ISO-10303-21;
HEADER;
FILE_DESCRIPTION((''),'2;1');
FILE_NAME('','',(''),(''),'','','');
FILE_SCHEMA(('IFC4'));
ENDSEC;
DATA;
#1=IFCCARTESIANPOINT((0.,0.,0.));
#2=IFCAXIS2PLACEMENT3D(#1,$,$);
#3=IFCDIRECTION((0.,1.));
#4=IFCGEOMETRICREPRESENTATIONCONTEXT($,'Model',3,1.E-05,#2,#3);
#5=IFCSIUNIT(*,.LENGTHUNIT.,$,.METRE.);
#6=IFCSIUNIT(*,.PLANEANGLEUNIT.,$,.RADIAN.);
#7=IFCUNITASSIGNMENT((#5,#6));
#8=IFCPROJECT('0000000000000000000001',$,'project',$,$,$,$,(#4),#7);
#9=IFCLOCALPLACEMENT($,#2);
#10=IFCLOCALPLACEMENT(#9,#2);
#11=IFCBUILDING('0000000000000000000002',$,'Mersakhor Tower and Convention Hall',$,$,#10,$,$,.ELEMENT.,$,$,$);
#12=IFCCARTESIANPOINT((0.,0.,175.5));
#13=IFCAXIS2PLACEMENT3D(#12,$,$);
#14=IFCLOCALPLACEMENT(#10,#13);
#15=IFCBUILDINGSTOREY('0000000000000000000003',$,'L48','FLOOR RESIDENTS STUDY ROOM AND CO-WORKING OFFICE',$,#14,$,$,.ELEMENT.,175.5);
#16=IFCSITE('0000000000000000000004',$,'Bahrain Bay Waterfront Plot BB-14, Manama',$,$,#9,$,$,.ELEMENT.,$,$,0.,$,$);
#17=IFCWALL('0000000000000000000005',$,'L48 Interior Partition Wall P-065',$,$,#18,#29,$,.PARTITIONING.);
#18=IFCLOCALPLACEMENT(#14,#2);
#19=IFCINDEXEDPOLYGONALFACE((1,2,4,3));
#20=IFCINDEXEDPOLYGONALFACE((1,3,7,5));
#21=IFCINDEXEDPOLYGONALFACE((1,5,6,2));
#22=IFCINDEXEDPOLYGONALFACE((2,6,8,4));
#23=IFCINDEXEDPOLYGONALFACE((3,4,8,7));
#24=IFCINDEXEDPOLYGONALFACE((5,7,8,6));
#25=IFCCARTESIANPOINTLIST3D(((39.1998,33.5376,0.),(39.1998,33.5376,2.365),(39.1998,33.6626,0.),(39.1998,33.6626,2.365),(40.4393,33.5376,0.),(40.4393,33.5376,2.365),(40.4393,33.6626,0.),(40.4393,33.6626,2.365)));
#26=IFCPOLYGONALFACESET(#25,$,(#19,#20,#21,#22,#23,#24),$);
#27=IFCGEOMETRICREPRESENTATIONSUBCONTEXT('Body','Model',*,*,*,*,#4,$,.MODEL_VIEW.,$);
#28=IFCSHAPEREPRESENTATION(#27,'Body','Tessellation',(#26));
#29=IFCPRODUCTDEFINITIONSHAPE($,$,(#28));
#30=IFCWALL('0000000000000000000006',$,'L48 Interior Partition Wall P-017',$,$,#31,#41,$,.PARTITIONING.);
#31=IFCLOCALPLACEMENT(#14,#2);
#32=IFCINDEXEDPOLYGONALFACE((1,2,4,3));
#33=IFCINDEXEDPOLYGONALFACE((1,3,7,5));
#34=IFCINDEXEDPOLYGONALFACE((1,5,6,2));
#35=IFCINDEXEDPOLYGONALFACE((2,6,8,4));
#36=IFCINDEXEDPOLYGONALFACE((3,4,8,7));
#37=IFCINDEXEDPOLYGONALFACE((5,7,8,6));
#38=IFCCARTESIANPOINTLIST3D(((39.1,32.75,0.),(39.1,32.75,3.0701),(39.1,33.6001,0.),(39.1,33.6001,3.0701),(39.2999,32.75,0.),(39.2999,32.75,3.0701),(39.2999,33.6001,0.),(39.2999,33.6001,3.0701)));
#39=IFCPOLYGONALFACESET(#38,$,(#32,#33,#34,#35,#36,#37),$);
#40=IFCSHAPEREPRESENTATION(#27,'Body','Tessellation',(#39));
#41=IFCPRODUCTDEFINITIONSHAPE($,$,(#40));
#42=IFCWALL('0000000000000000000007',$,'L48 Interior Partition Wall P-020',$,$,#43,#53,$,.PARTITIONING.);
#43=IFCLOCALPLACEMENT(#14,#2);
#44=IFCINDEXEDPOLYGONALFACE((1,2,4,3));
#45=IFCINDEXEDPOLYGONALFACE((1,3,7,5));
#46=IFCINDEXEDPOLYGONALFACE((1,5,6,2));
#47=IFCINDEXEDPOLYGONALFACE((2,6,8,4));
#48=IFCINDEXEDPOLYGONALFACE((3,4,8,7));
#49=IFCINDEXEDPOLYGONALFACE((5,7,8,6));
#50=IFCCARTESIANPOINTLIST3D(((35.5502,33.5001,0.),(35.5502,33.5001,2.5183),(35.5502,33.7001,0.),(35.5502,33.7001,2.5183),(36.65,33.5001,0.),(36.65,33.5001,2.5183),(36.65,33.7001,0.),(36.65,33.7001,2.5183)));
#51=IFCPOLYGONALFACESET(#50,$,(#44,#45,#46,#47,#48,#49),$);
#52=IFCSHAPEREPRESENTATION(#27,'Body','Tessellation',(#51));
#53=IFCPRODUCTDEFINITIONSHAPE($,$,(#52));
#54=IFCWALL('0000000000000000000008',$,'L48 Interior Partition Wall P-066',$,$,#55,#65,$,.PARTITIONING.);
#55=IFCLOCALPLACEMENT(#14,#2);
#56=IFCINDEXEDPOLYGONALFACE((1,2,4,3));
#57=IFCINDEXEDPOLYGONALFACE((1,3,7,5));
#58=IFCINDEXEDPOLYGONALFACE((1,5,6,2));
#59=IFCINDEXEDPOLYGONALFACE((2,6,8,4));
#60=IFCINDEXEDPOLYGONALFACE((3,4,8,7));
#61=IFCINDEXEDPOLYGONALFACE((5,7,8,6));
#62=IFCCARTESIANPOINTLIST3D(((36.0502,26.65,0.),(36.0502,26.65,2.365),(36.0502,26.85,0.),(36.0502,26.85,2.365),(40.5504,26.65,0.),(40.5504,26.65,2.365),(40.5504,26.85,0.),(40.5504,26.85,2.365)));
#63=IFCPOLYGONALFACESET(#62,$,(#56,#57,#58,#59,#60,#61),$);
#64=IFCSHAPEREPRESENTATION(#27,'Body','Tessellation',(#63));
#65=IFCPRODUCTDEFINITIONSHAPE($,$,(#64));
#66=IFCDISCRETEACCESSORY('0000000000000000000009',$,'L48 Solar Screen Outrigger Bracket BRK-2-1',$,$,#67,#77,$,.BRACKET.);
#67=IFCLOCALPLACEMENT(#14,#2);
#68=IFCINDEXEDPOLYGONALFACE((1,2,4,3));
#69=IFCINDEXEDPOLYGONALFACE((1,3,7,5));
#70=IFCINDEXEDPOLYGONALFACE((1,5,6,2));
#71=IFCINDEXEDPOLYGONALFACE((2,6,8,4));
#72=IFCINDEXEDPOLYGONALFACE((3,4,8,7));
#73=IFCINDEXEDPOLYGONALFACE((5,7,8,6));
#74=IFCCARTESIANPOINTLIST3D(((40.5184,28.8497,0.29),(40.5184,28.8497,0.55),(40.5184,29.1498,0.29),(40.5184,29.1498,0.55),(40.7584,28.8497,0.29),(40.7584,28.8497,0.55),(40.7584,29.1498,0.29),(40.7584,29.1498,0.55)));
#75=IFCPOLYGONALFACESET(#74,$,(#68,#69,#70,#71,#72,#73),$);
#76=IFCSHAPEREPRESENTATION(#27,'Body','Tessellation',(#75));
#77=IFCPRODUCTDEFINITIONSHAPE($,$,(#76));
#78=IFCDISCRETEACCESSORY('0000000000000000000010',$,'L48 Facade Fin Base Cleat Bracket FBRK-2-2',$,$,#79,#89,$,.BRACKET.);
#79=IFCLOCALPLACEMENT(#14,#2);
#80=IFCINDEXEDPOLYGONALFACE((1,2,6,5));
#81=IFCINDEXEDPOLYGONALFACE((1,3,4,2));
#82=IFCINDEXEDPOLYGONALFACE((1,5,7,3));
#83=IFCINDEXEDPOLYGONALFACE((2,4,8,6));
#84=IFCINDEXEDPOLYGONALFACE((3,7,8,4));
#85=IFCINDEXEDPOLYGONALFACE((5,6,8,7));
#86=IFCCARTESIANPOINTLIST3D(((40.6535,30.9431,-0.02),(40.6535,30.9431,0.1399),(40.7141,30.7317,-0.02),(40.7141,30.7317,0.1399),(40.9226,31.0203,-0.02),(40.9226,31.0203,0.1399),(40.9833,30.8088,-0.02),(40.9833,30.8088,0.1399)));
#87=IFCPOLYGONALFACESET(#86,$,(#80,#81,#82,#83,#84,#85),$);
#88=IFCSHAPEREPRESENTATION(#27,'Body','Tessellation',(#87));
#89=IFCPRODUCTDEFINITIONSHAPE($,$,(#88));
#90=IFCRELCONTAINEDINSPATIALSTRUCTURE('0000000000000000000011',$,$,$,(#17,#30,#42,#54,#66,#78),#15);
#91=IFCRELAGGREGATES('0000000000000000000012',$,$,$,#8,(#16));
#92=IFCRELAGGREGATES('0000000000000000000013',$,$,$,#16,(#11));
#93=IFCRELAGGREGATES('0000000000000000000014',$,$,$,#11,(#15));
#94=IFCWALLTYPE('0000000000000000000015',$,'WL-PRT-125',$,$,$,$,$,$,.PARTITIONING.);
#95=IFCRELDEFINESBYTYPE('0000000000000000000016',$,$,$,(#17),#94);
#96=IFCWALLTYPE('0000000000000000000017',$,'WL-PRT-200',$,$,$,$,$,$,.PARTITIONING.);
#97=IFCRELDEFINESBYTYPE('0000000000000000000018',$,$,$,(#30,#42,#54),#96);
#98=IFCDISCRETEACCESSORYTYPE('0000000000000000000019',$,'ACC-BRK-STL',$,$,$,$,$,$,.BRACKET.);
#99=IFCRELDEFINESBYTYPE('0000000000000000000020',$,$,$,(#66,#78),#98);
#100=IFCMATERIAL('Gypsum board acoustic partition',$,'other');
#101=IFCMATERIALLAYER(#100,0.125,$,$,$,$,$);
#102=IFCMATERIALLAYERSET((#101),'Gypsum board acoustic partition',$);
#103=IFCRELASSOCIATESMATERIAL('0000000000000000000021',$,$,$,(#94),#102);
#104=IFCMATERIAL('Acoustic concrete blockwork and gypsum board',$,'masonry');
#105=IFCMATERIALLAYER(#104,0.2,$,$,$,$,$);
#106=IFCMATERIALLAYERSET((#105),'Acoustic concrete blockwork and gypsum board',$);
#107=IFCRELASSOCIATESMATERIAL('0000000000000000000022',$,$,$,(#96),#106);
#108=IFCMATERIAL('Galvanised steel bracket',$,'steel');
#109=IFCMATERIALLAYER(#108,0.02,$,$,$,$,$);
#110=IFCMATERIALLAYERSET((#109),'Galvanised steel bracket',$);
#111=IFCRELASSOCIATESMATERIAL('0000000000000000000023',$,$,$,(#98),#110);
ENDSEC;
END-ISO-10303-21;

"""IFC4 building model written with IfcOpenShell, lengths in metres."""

from ifc_helpers import new_model, si_unit, direction, frame, frame_2d, origin, origin_2d, place, context, subcontext, project, spatial, rectangle, extrude, material, layer, layer_set, type_object, element, save


model = new_model("IFC4")

# Units and contexts
model_context = context("Model", 3, precision=1e-05, world=origin(), true_north=direction((0.0, 1.0)))
body_context = subcontext(model_context, "Body", "Model", "MODEL_VIEW")
ifc_project = project(units=[si_unit("LENGTHUNIT", "METRE"), si_unit("PLANEANGLEUNIT", "RADIAN")], contexts=[model_context])

# Site, building, storey
site_placement = place(None, origin())
site = spatial("IfcSite", under=ifc_project, at=site_placement, Name="Bahrain Bay Waterfront Plot BB-14, Manama", CompositionType="ELEMENT", RefElevation=0.0)
building_placement = place(site_placement, origin())
building = spatial("IfcBuilding", under=site, at=building_placement, Name="Mersakhor Tower and Convention Hall", CompositionType="ELEMENT")
storey_placement = place(building_placement, frame((0.0, 0.0, 175.5)))
storey = spatial("IfcBuildingStorey", under=building, at=storey_placement, Name="L48", Description="FLOOR RESIDENTS STUDY ROOM AND CO-WORKING OFFICE", CompositionType="ELEMENT", Elevation=175.5)

# Walls
ifc_material_1 = material(Name="Gypsum board acoustic partition", Category="other")
ifc_layer_1 = layer(ifc_material_1, 0.125)
ifc_layer_set_1 = layer_set([ifc_layer_1], Name="Gypsum board acoustic partition")
wall_type_1 = type_object("IfcWallType", Name="WL-PRT-125", PredefinedType="PARTITIONING", material=ifc_layer_set_1)
wall_1_placement = place(storey_placement, frame((39.2, 33.6001, 0.0), z_axis=(0.0, 0.0, 1.0), x_axis=(1.0, 0.0, 0.0)))
element("IfcWall", 1, at=wall_1_placement, inside=storey, type_object=wall_type_1, Name="L48 Interior Partition Wall P-065", PredefinedType="PARTITIONING", context=body_context, shape_type="SweptSolid", body=[
    extrude(rectangle(XDim=1.2395, YDim=0.125, at=frame_2d((0.6196, 0.0))), origin(), (0.0, 0.0, 1.0), 2.365),
])
ifc_material_2 = material(Name="Acoustic concrete blockwork and gypsum board", Category="masonry")
ifc_layer_2 = layer(ifc_material_2, 0.2)
ifc_layer_set_2 = layer_set([ifc_layer_2], Name="Acoustic concrete blockwork and gypsum board")
wall_type_2 = type_object("IfcWallType", Name="WL-PRT-200", PredefinedType="PARTITIONING", material=ifc_layer_set_2)
wall_2_placement = place(storey_placement, frame((39.2, 33.6001, 0.0), z_axis=(0.0, 0.0, 1.0), x_axis=(0.0, -1.0, 0.0)))
element("IfcWall", 2, at=wall_2_placement, inside=storey, type_object=wall_type_2, Name="L48 Interior Partition Wall P-017", PredefinedType="PARTITIONING", context=body_context, shape_type="SweptSolid", body=[
    extrude(rectangle(XDim=0.8501, YDim=0.2, at=frame_2d((0.425, 0.0))), origin(), (0.0, 0.0, 1.0), 3.0701),
])

# Walls
wall_3_placement = place(storey_placement, frame((36.6499, 33.6001, 0.0), z_axis=(0.0, 0.0, 1.0), x_axis=(-1.0, 0.0, 0.0)))
element("IfcWall", 3, at=wall_3_placement, inside=storey, type_object=wall_type_2, Name="L48 Interior Partition Wall P-020", PredefinedType="PARTITIONING", context=body_context, shape_type="SweptSolid", body=[
    extrude(rectangle(XDim=1.0999, YDim=0.2, at=frame_2d((0.5498, 0.0))), origin(), (0.0, 0.0, 1.0), 2.5183),
])
wall_4_placement = place(storey_placement, frame((40.5503, 26.75, 0.0), z_axis=(0.0, 0.0, 1.0), x_axis=(-1.0, 0.0, 0.0)))
element("IfcWall", 4, at=wall_4_placement, inside=storey, type_object=wall_type_2, Name="L48 Interior Partition Wall P-066", PredefinedType="PARTITIONING", context=body_context, shape_type="SweptSolid", body=[
    extrude(rectangle(XDim=4.5002, YDim=0.2, at=frame_2d((2.25, 0.0))), origin(), (0.0, 0.0, 1.0), 2.365),
])

# Discrete accessories
ifc_material_3 = material(Name="Galvanised steel bracket", Category="steel")
ifc_layer_3 = layer(ifc_material_3, 0.02)
ifc_layer_set_3 = layer_set([ifc_layer_3], Name="Galvanised steel bracket")
discrete_accessory_type = type_object("IfcDiscreteAccessoryType", Name="ACC-BRK-STL", PredefinedType="BRACKET", material=ifc_layer_set_3)
discrete_accessory_1_placement = place(storey_placement, frame((40.6384, 28.9998, 0.29), z_axis=(0.0, 0.0, 1.0), x_axis=(0.0, -1.0, 0.0)))
element("IfcDiscreteAccessory", 5, at=discrete_accessory_1_placement, inside=storey, type_object=discrete_accessory_type, Name="L48 Solar Screen Outrigger Bracket BRK-2-1", PredefinedType="BRACKET", context=body_context, shape_type="SweptSolid", body=[
    extrude(rectangle(XDim=0.3, YDim=0.24, at=origin_2d()), origin(), (0.0, 0.0, 1.0), 0.26),
])
discrete_accessory_2_placement = place(storey_placement, frame((40.8184, 30.876, -0.02), z_axis=(0.0, 0.0, 1.0), x_axis=(0.961262, 0.275637, 0.0)))
element("IfcDiscreteAccessory", 6, at=discrete_accessory_2_placement, inside=storey, type_object=discrete_accessory_type, Name="L48 Facade Fin Base Cleat Bracket FBRK-2-2", PredefinedType="BRACKET", context=body_context, shape_type="SweptSolid", body=[
    extrude(rectangle(XDim=0.28, YDim=0.22, at=origin_2d()), origin(), (0.0, 0.0, 1.0), 0.1599),
])

save(model, "model.ifc")
